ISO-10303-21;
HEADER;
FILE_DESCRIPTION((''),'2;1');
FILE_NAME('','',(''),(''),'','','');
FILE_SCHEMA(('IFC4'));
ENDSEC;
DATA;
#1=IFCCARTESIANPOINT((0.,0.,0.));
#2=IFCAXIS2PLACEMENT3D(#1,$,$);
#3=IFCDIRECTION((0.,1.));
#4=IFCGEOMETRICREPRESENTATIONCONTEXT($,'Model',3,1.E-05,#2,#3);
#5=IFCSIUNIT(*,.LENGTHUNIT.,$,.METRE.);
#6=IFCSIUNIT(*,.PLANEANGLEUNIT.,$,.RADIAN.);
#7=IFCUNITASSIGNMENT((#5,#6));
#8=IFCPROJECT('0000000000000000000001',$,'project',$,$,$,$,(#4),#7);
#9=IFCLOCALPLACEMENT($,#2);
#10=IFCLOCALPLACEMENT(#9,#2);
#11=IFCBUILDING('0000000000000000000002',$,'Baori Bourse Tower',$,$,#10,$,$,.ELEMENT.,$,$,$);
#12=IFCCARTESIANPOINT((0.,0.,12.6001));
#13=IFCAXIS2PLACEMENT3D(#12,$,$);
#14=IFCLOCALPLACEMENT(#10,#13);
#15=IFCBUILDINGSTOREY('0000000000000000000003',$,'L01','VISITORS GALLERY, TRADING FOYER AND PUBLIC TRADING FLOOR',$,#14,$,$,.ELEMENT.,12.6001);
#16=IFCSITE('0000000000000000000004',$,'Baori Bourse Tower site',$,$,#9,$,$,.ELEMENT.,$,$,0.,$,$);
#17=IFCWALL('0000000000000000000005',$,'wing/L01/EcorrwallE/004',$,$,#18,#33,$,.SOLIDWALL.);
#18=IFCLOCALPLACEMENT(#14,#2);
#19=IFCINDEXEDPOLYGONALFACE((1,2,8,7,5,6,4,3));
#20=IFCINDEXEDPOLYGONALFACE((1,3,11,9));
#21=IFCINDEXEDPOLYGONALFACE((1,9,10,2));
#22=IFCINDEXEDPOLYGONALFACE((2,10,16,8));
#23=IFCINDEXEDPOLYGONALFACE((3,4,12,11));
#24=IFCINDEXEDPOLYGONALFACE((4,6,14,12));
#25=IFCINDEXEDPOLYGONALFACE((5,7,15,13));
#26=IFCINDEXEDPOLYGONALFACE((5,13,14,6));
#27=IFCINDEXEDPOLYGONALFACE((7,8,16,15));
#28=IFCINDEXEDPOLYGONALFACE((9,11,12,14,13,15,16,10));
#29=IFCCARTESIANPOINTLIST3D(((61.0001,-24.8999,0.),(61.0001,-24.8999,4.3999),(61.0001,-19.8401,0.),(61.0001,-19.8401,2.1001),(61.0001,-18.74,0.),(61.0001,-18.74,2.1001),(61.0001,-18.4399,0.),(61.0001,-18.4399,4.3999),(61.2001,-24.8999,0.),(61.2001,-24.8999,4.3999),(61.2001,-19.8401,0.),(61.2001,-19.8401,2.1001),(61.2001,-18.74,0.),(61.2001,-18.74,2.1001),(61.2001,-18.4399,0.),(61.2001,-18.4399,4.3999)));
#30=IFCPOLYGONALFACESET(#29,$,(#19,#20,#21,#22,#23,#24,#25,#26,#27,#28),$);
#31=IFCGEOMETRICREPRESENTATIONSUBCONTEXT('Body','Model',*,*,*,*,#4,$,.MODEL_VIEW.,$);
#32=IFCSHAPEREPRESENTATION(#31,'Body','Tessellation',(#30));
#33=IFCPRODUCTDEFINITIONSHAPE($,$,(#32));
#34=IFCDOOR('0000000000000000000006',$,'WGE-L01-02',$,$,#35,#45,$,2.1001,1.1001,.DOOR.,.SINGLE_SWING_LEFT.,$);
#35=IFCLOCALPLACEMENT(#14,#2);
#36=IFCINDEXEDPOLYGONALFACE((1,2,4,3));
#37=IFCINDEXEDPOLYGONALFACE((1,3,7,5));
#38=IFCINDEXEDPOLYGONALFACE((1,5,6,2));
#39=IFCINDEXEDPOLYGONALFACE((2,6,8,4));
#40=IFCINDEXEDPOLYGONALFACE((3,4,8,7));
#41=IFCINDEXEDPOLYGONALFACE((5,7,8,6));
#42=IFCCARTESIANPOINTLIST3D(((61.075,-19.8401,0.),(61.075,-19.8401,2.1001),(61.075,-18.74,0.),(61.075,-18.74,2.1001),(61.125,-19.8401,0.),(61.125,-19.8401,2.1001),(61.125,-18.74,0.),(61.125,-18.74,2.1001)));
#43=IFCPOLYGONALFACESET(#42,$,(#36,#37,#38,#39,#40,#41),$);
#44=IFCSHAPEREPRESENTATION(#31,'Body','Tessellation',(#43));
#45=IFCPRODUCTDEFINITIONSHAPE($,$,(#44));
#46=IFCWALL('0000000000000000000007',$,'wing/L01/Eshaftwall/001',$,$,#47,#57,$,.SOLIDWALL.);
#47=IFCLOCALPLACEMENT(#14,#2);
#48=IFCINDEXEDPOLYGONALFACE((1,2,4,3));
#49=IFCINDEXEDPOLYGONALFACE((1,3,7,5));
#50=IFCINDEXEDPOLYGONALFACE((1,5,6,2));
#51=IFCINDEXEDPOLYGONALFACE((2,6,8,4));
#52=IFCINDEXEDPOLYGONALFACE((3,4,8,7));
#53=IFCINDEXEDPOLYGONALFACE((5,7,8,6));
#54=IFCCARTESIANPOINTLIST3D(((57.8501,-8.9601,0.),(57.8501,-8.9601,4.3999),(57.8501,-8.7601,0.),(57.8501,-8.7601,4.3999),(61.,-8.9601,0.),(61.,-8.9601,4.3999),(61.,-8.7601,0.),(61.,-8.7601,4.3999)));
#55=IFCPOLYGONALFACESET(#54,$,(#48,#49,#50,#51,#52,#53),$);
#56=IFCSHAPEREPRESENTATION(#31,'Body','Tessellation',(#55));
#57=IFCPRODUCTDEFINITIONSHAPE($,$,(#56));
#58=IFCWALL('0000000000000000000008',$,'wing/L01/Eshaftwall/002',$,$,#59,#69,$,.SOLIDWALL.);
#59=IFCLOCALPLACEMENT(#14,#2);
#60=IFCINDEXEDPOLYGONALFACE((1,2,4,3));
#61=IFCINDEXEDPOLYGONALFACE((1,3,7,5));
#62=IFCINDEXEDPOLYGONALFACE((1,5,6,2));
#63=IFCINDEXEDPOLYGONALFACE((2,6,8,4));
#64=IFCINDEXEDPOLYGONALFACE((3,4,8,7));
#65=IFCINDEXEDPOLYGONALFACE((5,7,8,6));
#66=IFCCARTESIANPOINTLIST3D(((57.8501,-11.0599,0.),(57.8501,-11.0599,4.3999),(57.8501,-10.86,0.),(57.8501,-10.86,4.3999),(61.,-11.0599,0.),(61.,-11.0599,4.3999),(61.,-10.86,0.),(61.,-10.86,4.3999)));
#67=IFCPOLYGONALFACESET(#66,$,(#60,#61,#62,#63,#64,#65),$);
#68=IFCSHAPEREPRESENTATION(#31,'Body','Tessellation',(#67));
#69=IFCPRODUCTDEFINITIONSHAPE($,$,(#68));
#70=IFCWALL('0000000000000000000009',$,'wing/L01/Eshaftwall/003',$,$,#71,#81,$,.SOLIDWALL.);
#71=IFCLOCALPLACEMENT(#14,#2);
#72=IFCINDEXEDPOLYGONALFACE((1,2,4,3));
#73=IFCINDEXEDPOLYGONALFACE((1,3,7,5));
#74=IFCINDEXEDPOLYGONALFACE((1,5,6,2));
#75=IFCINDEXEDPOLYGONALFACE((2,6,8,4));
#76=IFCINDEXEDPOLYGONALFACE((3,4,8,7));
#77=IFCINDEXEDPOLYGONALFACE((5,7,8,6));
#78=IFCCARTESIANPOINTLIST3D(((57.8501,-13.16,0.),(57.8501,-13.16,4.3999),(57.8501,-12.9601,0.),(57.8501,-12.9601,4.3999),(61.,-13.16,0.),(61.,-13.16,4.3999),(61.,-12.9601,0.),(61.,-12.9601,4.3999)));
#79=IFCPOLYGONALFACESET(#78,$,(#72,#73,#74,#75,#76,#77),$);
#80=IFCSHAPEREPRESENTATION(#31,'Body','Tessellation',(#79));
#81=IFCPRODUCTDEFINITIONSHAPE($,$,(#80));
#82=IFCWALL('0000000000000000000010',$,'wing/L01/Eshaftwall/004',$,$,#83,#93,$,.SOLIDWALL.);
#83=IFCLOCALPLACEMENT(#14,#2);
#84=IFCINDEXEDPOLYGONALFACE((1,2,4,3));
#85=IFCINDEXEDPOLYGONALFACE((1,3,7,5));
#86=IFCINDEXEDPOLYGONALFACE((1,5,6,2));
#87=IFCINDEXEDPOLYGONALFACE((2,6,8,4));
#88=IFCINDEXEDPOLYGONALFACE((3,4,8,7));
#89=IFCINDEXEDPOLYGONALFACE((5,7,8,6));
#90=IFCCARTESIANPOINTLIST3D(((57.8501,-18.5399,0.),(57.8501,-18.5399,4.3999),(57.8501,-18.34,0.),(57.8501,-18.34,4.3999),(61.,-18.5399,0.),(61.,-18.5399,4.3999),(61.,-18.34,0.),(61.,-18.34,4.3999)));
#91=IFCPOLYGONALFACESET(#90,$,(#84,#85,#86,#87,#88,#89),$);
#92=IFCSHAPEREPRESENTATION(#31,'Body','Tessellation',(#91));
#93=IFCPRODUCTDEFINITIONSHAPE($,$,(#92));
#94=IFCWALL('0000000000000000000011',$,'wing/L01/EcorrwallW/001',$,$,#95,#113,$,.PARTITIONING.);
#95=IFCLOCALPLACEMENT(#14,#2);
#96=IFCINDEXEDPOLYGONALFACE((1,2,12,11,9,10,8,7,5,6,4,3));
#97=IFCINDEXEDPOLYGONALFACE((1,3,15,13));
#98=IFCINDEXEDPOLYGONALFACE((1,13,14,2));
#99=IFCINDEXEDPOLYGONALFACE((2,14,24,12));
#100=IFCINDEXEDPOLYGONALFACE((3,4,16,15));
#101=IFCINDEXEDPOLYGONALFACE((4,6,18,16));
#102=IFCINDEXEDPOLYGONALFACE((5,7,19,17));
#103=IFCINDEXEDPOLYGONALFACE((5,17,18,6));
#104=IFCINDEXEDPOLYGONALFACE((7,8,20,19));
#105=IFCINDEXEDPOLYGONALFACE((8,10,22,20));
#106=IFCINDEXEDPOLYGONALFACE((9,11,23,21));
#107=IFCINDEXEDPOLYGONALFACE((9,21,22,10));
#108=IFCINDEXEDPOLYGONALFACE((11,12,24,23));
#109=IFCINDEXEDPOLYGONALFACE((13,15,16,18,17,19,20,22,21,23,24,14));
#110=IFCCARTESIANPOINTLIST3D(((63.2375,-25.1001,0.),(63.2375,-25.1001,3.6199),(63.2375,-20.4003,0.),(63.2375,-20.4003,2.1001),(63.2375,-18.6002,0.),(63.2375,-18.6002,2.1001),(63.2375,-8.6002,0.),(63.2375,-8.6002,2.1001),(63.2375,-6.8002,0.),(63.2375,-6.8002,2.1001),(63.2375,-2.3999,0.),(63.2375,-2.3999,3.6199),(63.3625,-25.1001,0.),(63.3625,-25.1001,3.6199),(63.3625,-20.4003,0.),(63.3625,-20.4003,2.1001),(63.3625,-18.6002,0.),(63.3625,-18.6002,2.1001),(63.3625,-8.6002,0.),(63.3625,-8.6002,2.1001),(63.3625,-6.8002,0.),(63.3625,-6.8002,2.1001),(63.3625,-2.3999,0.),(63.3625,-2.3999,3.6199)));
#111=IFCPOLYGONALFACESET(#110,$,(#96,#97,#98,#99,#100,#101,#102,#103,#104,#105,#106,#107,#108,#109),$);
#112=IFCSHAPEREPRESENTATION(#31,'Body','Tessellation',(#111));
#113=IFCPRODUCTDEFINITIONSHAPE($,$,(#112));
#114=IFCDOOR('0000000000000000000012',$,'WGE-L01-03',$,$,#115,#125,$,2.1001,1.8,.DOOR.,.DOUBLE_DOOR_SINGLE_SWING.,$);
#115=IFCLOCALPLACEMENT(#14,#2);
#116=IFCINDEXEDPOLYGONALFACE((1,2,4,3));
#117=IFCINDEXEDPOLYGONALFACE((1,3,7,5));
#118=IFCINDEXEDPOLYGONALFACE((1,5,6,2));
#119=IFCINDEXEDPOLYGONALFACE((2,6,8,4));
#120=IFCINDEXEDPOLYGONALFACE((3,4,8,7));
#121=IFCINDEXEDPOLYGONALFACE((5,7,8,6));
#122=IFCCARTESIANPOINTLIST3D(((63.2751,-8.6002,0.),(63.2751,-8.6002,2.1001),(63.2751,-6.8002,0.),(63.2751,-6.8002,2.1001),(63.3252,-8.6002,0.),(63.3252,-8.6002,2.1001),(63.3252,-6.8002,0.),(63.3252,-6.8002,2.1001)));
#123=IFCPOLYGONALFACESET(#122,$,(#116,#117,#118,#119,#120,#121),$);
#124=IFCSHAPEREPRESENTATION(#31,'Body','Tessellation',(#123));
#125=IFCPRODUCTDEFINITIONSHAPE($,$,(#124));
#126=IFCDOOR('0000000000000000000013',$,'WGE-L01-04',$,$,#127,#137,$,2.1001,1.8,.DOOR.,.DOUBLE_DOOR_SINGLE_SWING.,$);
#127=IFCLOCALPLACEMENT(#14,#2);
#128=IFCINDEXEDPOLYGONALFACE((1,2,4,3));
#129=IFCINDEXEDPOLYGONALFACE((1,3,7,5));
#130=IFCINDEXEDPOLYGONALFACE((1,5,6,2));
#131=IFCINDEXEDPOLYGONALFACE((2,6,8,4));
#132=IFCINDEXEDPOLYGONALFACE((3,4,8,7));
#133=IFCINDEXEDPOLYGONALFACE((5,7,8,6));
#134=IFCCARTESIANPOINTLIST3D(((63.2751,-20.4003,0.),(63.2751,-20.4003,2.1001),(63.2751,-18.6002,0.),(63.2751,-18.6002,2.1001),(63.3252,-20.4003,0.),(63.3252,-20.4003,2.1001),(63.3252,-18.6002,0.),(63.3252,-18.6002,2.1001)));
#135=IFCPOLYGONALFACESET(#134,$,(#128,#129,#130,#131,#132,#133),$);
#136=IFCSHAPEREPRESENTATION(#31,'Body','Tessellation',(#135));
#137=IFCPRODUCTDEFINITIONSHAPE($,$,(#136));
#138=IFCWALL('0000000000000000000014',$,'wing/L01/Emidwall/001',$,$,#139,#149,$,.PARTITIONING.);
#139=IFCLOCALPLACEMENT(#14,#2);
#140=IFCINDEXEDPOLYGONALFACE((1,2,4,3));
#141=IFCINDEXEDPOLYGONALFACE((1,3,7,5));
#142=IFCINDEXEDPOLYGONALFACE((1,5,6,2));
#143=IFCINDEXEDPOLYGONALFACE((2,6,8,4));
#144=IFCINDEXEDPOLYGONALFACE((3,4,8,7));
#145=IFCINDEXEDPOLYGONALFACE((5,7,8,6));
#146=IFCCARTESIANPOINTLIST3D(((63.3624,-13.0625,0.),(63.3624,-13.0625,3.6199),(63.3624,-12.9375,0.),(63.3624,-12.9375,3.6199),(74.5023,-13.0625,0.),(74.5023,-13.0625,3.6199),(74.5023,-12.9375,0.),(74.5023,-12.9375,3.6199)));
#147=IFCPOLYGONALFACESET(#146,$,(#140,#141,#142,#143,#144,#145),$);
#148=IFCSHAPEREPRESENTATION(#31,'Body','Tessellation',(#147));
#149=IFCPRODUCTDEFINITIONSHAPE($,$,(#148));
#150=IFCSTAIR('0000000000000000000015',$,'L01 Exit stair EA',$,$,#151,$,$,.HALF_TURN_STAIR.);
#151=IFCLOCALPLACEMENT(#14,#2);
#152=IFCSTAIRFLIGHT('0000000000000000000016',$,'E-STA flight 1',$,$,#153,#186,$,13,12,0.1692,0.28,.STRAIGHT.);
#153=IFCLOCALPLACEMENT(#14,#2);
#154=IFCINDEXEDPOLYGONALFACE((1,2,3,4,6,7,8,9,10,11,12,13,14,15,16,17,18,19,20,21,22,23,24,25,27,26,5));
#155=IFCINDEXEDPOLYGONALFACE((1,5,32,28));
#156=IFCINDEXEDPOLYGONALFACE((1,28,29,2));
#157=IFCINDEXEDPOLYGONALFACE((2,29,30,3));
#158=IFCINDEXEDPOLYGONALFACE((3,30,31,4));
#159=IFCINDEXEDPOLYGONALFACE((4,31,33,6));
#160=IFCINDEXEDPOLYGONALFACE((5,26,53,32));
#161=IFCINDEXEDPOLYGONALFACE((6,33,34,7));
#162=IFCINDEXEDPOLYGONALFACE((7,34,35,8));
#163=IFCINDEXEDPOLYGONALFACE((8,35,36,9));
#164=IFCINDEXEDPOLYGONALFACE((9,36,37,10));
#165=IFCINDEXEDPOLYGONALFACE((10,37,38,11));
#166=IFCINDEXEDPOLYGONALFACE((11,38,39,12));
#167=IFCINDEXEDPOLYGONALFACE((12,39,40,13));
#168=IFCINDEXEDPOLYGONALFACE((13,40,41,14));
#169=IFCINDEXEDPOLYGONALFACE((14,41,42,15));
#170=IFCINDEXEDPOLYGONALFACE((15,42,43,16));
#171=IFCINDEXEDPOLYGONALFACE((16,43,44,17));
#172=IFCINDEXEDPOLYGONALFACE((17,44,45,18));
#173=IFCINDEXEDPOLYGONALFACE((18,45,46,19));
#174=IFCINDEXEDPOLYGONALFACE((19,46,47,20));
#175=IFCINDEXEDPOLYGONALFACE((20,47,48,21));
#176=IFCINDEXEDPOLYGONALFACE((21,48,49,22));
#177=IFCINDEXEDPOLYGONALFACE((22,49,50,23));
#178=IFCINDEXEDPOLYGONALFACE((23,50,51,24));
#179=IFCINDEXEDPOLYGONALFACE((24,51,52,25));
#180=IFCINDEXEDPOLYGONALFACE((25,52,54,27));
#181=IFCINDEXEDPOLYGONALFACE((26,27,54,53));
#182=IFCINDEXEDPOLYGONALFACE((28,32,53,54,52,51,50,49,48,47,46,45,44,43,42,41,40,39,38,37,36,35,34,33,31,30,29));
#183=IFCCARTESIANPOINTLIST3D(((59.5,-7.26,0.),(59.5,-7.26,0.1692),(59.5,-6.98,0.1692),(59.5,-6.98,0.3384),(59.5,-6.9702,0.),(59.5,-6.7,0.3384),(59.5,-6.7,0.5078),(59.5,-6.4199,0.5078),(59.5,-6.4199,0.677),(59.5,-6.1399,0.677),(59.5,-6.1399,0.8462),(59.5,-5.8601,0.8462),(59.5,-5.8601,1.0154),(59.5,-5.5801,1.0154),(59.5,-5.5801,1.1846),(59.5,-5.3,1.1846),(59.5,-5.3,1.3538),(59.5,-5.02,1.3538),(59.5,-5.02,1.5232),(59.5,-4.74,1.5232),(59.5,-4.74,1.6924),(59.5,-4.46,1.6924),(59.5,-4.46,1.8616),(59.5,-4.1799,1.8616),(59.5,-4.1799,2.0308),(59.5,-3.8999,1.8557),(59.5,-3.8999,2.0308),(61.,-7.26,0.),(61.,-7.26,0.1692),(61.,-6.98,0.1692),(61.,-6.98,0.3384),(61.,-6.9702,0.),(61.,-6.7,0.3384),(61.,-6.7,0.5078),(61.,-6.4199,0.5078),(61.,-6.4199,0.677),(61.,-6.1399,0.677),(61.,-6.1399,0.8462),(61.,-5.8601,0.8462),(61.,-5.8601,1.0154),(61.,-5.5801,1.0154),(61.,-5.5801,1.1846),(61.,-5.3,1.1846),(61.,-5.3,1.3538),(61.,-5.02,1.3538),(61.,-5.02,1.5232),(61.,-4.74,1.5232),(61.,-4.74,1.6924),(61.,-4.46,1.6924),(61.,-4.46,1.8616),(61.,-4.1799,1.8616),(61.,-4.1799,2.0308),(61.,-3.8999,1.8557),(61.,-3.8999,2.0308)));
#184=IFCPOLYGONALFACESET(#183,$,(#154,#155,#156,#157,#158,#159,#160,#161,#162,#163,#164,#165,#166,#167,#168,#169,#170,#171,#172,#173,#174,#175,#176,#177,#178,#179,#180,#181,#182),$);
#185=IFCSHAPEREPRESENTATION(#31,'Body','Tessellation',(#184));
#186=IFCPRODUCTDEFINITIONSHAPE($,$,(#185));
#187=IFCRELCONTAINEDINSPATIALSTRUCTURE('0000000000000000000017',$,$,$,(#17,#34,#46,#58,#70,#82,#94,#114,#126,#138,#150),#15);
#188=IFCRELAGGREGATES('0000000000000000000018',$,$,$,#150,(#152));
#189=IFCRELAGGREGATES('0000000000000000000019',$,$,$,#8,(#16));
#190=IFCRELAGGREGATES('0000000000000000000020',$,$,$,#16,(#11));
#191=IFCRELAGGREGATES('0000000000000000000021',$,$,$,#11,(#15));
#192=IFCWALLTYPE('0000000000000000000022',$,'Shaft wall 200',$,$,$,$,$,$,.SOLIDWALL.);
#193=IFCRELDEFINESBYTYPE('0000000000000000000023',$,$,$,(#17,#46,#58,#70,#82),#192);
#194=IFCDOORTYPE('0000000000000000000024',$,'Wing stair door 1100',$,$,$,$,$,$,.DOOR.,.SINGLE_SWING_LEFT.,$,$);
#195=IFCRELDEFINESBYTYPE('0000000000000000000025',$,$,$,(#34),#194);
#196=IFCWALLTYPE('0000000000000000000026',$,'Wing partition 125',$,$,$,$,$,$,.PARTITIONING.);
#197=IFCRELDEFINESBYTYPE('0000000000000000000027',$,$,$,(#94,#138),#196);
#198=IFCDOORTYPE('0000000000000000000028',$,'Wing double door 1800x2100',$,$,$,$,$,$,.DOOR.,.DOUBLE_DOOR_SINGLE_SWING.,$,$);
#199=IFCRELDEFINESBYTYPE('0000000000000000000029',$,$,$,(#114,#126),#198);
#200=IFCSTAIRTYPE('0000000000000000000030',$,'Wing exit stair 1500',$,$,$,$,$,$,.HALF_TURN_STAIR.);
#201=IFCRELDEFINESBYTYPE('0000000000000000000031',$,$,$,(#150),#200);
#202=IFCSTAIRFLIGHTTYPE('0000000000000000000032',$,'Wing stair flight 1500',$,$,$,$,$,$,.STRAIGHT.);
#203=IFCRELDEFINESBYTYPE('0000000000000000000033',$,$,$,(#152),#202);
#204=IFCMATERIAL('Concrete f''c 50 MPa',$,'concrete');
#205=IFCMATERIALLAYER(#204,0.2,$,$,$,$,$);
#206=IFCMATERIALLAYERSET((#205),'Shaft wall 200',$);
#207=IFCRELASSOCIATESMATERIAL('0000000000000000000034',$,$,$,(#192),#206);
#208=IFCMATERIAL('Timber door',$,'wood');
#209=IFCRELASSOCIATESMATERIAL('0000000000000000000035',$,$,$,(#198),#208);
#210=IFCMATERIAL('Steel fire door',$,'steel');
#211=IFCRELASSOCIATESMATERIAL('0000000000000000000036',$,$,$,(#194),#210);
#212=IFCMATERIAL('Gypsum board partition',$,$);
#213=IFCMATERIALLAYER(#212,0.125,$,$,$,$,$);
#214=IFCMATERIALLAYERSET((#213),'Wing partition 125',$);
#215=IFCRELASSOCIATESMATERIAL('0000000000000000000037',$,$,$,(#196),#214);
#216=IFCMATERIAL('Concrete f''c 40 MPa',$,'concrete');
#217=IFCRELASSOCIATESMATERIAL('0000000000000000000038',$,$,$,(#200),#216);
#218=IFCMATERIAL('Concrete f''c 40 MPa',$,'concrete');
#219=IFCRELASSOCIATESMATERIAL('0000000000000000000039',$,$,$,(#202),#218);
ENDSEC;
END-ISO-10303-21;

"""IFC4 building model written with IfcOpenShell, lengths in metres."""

from ifc_helpers import new_model, si_unit, direction, frame, frame_2d, origin, place, context, subcontext, project, spatial, polyline, rectangle, outline, extrude, material, layer, layer_set, type_object, element, fill, aggregate, save


model = new_model("IFC4")

# Units and contexts
model_context = context("Model", 3, precision=1e-05, world=origin(), true_north=direction((0.0, 1.0)))
body_context = subcontext(model_context, "Body", "Model", "MODEL_VIEW")
ifc_project = project(units=[si_unit("LENGTHUNIT", "METRE"), si_unit("PLANEANGLEUNIT", "RADIAN")], contexts=[model_context])

# Site, building, storey
site_placement = place(None, origin())
site = spatial("IfcSite", under=ifc_project, at=site_placement, Name="Baori Bourse Tower site", CompositionType="ELEMENT", RefElevation=0.0)
building_placement = place(site_placement, origin())
building = spatial("IfcBuilding", under=site, at=building_placement, Name="Baori Bourse Tower", CompositionType="ELEMENT")
storey_placement = place(building_placement, frame((0.0, 0.0, 12.6001)))
storey = spatial("IfcBuildingStorey", under=building, at=storey_placement, Name="L01", Description="VISITORS GALLERY, TRADING FOYER AND PUBLIC TRADING FLOOR", CompositionType="ELEMENT", Elevation=12.6001)

# Shared definitions
ifc_material_1 = material(Name="Concrete f'c 50 MPa", Category="concrete")
ifc_layer_1 = layer(ifc_material_1, 0.2)
ifc_layer_set_1 = layer_set([ifc_layer_1], Name="Shaft wall 200")
wall_type_1 = type_object("IfcWallType", Name="Shaft wall 200", PredefinedType="SOLIDWALL", material=ifc_layer_set_1)

# Wall, opening, door
ifc_material_2 = material(Name="Timber door", Category="wood")
door_type_1 = type_object("IfcDoorType", Name="Wing double door 1800x2100", OperationType="DOUBLE_DOOR_SINGLE_SWING", PredefinedType="DOOR", material=ifc_material_2)
wall_1_placement = place(storey_placement, frame((61.1001, -18.4399, 0.0), z_axis=(0.0, 0.0, 1.0), x_axis=(0.0, -1.0, 0.0)))
wall_1 = element("IfcWall", 1, at=wall_1_placement, inside=storey, type_object=wall_type_1, Name="wing/L01/EcorrwallE/004", PredefinedType="SOLIDWALL", context=body_context, shape_type="SweptSolid", body=[
    extrude(rectangle(XDim=6.46, YDim=0.2, at=frame_2d((3.23, 0.0))), origin(), (0.0, 0.0, 1.0), 4.3999),
])
opening_1_placement = place(wall_1_placement, frame((0.3, 0.0, 0.0)))
opening_1 = element("IfcOpeningElement", 2, at=opening_1_placement, cuts=wall_1, PredefinedType="OPENING", context=body_context, shape_type="SweptSolid", body=[
    extrude(rectangle(XDim=1.1001, YDim=2.1001, at=frame_2d((0.55, 1.05))), frame((0.0, 0.1099, 0.0), z_axis=(0.0, -1.0, 0.0), x_axis=(1.0, 0.0, 0.0)), (0.0, 0.0, 1.0), 0.22),
])
ifc_material_3 = material(Name="Steel fire door", Category="steel")
door_type_2 = type_object("IfcDoorType", Name="Wing stair door 1100", OperationType="SINGLE_SWING_LEFT", PredefinedType="DOOR", material=ifc_material_3)
door_1_placement = place(opening_1_placement, origin())
door_1 = element("IfcDoor", 3, at=door_1_placement, inside=storey, type_object=door_type_2, Name="WGE-L01-02", OperationType="SINGLE_SWING_LEFT", OverallHeight=2.1001, OverallWidth=1.1001, PredefinedType="DOOR", context=body_context, shape_type="SweptSolid", body=[
    extrude(rectangle(XDim=1.1001, YDim=2.1001, at=frame_2d((0.55, 1.05))), frame((0.0, 0.0249, 0.0), z_axis=(0.0, -1.0, 0.0), x_axis=(1.0, 0.0, 0.0)), (0.0, 0.0, 1.0), 0.05),
])
fill(opening_1, door_1)

# Walls
for number, where, z_axis, x_axis, name in (
    (4, (61.0, -8.8601, 0.0), (0.0, 0.0, 1.0), (-1.0, 0.0, 0.0), "wing/L01/Eshaftwall/001"),
    (5, (61.0, -10.96, 0.0), (0.0, 0.0, 1.0), (-1.0, 0.0, 0.0), "wing/L01/Eshaftwall/002"),
    (6, (61.0, -13.0601, 0.0), (0.0, 0.0, 1.0), (-1.0, 0.0, 0.0), "wing/L01/Eshaftwall/003"),
    (7, (61.0, -18.4399, 0.0), (0.0, 0.0, 1.0), (-1.0, 0.0, 0.0), "wing/L01/Eshaftwall/004"),
):
    element("IfcWall", number, at=place(storey_placement, frame(where, z_axis=z_axis, x_axis=x_axis)), inside=storey, type_object=wall_type_1, Name=name, PredefinedType="SOLIDWALL", context=body_context, shape_type="SweptSolid", body=[
        extrude(rectangle(XDim=3.1499, YDim=0.2, at=frame_2d((1.575, 0.0))), origin(), (0.0, 0.0, 1.0), 4.3999),
    ])

# Wall, openings, doors
ifc_material_4 = material(Name="Gypsum board partition")
ifc_layer_2 = layer(ifc_material_4, 0.125)
ifc_layer_set_2 = layer_set([ifc_layer_2], Name="Wing partition 125")
wall_type_2 = type_object("IfcWallType", Name="Wing partition 125", PredefinedType="PARTITIONING", material=ifc_layer_set_2)
wall_2_placement = place(storey_placement, frame((63.3, -25.1001, 0.0), z_axis=(0.0, 0.0, 1.0), x_axis=(0.0, 1.0, 0.0)))
wall_2 = element("IfcWall", 8, at=wall_2_placement, inside=storey, type_object=wall_type_2, Name="wing/L01/EcorrwallW/001", PredefinedType="PARTITIONING", context=body_context, shape_type="SweptSolid", body=[
    extrude(rectangle(XDim=22.7002, YDim=0.125, at=frame_2d((11.3501, 0.0))), origin(), (0.0, 0.0, 1.0), 3.6199),
])
opening_2_placement = place(wall_2_placement, frame((16.5, 0.0, 0.0)))
opening_2 = element("IfcOpeningElement", 9, at=opening_2_placement, cuts=wall_2, PredefinedType="OPENING", context=body_context, shape_type="SweptSolid", body=[
    extrude(rectangle(XDim=1.8, YDim=2.1001, at=frame_2d((0.8999, 1.05))), frame((0.0, 0.0725, 0.0), z_axis=(0.0, -1.0, 0.0), x_axis=(1.0, 0.0, 0.0)), (0.0, 0.0, 1.0), 0.145),
])
opening_3_placement = place(wall_2_placement, frame((4.7, 0.0, 0.0)))
opening_3 = element("IfcOpeningElement", 10, at=opening_3_placement, cuts=wall_2, PredefinedType="OPENING", context=body_context, shape_type="SweptSolid", body=[
    extrude(rectangle(XDim=1.8, YDim=2.1001, at=frame_2d((0.8999, 1.05))), frame((0.0, 0.0725, 0.0), z_axis=(0.0, -1.0, 0.0), x_axis=(1.0, 0.0, 0.0)), (0.0, 0.0, 1.0), 0.145),
])
door_2_placement = place(opening_2_placement, origin())
door_2 = element("IfcDoor", 11, at=door_2_placement, inside=storey, type_object=door_type_1, Name="WGE-L01-03", OperationType="DOUBLE_DOOR_SINGLE_SWING", OverallHeight=2.1001, OverallWidth=1.8, PredefinedType="DOOR", context=body_context, shape_type="SweptSolid", body=[
    extrude(rectangle(XDim=1.8, YDim=2.1001, at=frame_2d((0.8999, 1.05))), frame((0.0, 0.0249, 0.0), z_axis=(0.0, -1.0, 0.0), x_axis=(1.0, 0.0, 0.0)), (0.0, 0.0, 1.0), 0.05),
])
fill(opening_2, door_2)
door_3_placement = place(opening_3_placement, origin())
door_3 = element("IfcDoor", 12, at=door_3_placement, inside=storey, type_object=door_type_1, Name="WGE-L01-04", OperationType="DOUBLE_DOOR_SINGLE_SWING", OverallHeight=2.1001, OverallWidth=1.8, PredefinedType="DOOR", context=body_context, shape_type="SweptSolid", body=[
    extrude(rectangle(XDim=1.8, YDim=2.1001, at=frame_2d((0.8999, 1.05))), frame((0.0, 0.0249, 0.0), z_axis=(0.0, -1.0, 0.0), x_axis=(1.0, 0.0, 0.0)), (0.0, 0.0, 1.0), 0.05),
])
fill(opening_3, door_3)

# Wall
wall_3_placement = place(storey_placement, frame((63.3625, -13.0, 0.0), z_axis=(0.0, 0.0, 1.0), x_axis=(1.0, 0.0, 0.0)))
element("IfcWall", 13, at=wall_3_placement, inside=storey, type_object=wall_type_2, Name="wing/L01/Emidwall/001", PredefinedType="PARTITIONING", context=body_context, shape_type="SweptSolid", body=[
    extrude(rectangle(XDim=11.1399, YDim=0.125, at=frame_2d((5.5698, 0.0))), origin(), (0.0, 0.0, 1.0), 3.6199),
])

# Stair, stair flight
ifc_material_5 = material(Name="Concrete f'c 40 MPa", Category="concrete")
stair_type = type_object("IfcStairType", Name="Wing exit stair 1500", PredefinedType="HALF_TURN_STAIR", material=ifc_material_5)
stair_1_placement = place(storey_placement, origin())
stair_1 = element("IfcStair", 14, at=stair_1_placement, inside=storey, type_object=stair_type, Name="L01 Exit stair EA", PredefinedType="HALF_TURN_STAIR")
ifc_material_6 = material(Name="Concrete f'c 40 MPa", Category="concrete")
stair_flight_type = type_object("IfcStairFlightType", Name="Wing stair flight 1500", PredefinedType="STRAIGHT", material=ifc_material_6)
stair_flight_1_placement = place(storey_placement, frame((60.25, -7.26, 0.0), z_axis=(0.0, 0.0, 1.0), x_axis=(0.0, 1.0, 0.0)))
stair_flight_1 = element("IfcStairFlight", 15, at=stair_flight_1_placement, type_object=stair_flight_type, Name="E-STA flight 1", NumberOfRisers=13, NumberOfTreads=12, PredefinedType="STRAIGHT", RiserHeight=0.1692, TreadLength=0.28, context=body_context, shape_type="SweptSolid", body=[
    extrude(outline(polyline([(0.0, 0.0), (0.0, 0.1692), (0.28, 0.1692), (0.28, 0.3384), (0.5601, 0.3384), (0.5601, 0.5078), (0.8401, 0.5078), (0.8401, 0.677), (1.1201, 0.677), (1.1201, 0.8462), (1.3999, 0.8462), (1.3999, 1.0154), (1.6799, 1.0154), (1.6799, 1.1846), (1.96, 1.1846), (1.96, 1.3538), (2.24, 1.3538), (2.24, 1.5232), (2.52, 1.5232), (2.52, 1.6924), (2.8, 1.6924), (2.8, 1.8616), (3.0801, 1.8616), (3.0801, 2.0308), (3.3601, 2.0308), (3.3601, 2.2), (3.3601, 1.8557), (0.2898, 0.0), (0.0, 0.0)])), frame((0.0, 0.75, 0.0), z_axis=(0.0, -1.0, 0.0), x_axis=(1.0, 0.0, 0.0)), (0.0, 0.0, 1.0), 1.5),
])
aggregate(stair_1, [stair_flight_1])

save(model, "model.ifc")
